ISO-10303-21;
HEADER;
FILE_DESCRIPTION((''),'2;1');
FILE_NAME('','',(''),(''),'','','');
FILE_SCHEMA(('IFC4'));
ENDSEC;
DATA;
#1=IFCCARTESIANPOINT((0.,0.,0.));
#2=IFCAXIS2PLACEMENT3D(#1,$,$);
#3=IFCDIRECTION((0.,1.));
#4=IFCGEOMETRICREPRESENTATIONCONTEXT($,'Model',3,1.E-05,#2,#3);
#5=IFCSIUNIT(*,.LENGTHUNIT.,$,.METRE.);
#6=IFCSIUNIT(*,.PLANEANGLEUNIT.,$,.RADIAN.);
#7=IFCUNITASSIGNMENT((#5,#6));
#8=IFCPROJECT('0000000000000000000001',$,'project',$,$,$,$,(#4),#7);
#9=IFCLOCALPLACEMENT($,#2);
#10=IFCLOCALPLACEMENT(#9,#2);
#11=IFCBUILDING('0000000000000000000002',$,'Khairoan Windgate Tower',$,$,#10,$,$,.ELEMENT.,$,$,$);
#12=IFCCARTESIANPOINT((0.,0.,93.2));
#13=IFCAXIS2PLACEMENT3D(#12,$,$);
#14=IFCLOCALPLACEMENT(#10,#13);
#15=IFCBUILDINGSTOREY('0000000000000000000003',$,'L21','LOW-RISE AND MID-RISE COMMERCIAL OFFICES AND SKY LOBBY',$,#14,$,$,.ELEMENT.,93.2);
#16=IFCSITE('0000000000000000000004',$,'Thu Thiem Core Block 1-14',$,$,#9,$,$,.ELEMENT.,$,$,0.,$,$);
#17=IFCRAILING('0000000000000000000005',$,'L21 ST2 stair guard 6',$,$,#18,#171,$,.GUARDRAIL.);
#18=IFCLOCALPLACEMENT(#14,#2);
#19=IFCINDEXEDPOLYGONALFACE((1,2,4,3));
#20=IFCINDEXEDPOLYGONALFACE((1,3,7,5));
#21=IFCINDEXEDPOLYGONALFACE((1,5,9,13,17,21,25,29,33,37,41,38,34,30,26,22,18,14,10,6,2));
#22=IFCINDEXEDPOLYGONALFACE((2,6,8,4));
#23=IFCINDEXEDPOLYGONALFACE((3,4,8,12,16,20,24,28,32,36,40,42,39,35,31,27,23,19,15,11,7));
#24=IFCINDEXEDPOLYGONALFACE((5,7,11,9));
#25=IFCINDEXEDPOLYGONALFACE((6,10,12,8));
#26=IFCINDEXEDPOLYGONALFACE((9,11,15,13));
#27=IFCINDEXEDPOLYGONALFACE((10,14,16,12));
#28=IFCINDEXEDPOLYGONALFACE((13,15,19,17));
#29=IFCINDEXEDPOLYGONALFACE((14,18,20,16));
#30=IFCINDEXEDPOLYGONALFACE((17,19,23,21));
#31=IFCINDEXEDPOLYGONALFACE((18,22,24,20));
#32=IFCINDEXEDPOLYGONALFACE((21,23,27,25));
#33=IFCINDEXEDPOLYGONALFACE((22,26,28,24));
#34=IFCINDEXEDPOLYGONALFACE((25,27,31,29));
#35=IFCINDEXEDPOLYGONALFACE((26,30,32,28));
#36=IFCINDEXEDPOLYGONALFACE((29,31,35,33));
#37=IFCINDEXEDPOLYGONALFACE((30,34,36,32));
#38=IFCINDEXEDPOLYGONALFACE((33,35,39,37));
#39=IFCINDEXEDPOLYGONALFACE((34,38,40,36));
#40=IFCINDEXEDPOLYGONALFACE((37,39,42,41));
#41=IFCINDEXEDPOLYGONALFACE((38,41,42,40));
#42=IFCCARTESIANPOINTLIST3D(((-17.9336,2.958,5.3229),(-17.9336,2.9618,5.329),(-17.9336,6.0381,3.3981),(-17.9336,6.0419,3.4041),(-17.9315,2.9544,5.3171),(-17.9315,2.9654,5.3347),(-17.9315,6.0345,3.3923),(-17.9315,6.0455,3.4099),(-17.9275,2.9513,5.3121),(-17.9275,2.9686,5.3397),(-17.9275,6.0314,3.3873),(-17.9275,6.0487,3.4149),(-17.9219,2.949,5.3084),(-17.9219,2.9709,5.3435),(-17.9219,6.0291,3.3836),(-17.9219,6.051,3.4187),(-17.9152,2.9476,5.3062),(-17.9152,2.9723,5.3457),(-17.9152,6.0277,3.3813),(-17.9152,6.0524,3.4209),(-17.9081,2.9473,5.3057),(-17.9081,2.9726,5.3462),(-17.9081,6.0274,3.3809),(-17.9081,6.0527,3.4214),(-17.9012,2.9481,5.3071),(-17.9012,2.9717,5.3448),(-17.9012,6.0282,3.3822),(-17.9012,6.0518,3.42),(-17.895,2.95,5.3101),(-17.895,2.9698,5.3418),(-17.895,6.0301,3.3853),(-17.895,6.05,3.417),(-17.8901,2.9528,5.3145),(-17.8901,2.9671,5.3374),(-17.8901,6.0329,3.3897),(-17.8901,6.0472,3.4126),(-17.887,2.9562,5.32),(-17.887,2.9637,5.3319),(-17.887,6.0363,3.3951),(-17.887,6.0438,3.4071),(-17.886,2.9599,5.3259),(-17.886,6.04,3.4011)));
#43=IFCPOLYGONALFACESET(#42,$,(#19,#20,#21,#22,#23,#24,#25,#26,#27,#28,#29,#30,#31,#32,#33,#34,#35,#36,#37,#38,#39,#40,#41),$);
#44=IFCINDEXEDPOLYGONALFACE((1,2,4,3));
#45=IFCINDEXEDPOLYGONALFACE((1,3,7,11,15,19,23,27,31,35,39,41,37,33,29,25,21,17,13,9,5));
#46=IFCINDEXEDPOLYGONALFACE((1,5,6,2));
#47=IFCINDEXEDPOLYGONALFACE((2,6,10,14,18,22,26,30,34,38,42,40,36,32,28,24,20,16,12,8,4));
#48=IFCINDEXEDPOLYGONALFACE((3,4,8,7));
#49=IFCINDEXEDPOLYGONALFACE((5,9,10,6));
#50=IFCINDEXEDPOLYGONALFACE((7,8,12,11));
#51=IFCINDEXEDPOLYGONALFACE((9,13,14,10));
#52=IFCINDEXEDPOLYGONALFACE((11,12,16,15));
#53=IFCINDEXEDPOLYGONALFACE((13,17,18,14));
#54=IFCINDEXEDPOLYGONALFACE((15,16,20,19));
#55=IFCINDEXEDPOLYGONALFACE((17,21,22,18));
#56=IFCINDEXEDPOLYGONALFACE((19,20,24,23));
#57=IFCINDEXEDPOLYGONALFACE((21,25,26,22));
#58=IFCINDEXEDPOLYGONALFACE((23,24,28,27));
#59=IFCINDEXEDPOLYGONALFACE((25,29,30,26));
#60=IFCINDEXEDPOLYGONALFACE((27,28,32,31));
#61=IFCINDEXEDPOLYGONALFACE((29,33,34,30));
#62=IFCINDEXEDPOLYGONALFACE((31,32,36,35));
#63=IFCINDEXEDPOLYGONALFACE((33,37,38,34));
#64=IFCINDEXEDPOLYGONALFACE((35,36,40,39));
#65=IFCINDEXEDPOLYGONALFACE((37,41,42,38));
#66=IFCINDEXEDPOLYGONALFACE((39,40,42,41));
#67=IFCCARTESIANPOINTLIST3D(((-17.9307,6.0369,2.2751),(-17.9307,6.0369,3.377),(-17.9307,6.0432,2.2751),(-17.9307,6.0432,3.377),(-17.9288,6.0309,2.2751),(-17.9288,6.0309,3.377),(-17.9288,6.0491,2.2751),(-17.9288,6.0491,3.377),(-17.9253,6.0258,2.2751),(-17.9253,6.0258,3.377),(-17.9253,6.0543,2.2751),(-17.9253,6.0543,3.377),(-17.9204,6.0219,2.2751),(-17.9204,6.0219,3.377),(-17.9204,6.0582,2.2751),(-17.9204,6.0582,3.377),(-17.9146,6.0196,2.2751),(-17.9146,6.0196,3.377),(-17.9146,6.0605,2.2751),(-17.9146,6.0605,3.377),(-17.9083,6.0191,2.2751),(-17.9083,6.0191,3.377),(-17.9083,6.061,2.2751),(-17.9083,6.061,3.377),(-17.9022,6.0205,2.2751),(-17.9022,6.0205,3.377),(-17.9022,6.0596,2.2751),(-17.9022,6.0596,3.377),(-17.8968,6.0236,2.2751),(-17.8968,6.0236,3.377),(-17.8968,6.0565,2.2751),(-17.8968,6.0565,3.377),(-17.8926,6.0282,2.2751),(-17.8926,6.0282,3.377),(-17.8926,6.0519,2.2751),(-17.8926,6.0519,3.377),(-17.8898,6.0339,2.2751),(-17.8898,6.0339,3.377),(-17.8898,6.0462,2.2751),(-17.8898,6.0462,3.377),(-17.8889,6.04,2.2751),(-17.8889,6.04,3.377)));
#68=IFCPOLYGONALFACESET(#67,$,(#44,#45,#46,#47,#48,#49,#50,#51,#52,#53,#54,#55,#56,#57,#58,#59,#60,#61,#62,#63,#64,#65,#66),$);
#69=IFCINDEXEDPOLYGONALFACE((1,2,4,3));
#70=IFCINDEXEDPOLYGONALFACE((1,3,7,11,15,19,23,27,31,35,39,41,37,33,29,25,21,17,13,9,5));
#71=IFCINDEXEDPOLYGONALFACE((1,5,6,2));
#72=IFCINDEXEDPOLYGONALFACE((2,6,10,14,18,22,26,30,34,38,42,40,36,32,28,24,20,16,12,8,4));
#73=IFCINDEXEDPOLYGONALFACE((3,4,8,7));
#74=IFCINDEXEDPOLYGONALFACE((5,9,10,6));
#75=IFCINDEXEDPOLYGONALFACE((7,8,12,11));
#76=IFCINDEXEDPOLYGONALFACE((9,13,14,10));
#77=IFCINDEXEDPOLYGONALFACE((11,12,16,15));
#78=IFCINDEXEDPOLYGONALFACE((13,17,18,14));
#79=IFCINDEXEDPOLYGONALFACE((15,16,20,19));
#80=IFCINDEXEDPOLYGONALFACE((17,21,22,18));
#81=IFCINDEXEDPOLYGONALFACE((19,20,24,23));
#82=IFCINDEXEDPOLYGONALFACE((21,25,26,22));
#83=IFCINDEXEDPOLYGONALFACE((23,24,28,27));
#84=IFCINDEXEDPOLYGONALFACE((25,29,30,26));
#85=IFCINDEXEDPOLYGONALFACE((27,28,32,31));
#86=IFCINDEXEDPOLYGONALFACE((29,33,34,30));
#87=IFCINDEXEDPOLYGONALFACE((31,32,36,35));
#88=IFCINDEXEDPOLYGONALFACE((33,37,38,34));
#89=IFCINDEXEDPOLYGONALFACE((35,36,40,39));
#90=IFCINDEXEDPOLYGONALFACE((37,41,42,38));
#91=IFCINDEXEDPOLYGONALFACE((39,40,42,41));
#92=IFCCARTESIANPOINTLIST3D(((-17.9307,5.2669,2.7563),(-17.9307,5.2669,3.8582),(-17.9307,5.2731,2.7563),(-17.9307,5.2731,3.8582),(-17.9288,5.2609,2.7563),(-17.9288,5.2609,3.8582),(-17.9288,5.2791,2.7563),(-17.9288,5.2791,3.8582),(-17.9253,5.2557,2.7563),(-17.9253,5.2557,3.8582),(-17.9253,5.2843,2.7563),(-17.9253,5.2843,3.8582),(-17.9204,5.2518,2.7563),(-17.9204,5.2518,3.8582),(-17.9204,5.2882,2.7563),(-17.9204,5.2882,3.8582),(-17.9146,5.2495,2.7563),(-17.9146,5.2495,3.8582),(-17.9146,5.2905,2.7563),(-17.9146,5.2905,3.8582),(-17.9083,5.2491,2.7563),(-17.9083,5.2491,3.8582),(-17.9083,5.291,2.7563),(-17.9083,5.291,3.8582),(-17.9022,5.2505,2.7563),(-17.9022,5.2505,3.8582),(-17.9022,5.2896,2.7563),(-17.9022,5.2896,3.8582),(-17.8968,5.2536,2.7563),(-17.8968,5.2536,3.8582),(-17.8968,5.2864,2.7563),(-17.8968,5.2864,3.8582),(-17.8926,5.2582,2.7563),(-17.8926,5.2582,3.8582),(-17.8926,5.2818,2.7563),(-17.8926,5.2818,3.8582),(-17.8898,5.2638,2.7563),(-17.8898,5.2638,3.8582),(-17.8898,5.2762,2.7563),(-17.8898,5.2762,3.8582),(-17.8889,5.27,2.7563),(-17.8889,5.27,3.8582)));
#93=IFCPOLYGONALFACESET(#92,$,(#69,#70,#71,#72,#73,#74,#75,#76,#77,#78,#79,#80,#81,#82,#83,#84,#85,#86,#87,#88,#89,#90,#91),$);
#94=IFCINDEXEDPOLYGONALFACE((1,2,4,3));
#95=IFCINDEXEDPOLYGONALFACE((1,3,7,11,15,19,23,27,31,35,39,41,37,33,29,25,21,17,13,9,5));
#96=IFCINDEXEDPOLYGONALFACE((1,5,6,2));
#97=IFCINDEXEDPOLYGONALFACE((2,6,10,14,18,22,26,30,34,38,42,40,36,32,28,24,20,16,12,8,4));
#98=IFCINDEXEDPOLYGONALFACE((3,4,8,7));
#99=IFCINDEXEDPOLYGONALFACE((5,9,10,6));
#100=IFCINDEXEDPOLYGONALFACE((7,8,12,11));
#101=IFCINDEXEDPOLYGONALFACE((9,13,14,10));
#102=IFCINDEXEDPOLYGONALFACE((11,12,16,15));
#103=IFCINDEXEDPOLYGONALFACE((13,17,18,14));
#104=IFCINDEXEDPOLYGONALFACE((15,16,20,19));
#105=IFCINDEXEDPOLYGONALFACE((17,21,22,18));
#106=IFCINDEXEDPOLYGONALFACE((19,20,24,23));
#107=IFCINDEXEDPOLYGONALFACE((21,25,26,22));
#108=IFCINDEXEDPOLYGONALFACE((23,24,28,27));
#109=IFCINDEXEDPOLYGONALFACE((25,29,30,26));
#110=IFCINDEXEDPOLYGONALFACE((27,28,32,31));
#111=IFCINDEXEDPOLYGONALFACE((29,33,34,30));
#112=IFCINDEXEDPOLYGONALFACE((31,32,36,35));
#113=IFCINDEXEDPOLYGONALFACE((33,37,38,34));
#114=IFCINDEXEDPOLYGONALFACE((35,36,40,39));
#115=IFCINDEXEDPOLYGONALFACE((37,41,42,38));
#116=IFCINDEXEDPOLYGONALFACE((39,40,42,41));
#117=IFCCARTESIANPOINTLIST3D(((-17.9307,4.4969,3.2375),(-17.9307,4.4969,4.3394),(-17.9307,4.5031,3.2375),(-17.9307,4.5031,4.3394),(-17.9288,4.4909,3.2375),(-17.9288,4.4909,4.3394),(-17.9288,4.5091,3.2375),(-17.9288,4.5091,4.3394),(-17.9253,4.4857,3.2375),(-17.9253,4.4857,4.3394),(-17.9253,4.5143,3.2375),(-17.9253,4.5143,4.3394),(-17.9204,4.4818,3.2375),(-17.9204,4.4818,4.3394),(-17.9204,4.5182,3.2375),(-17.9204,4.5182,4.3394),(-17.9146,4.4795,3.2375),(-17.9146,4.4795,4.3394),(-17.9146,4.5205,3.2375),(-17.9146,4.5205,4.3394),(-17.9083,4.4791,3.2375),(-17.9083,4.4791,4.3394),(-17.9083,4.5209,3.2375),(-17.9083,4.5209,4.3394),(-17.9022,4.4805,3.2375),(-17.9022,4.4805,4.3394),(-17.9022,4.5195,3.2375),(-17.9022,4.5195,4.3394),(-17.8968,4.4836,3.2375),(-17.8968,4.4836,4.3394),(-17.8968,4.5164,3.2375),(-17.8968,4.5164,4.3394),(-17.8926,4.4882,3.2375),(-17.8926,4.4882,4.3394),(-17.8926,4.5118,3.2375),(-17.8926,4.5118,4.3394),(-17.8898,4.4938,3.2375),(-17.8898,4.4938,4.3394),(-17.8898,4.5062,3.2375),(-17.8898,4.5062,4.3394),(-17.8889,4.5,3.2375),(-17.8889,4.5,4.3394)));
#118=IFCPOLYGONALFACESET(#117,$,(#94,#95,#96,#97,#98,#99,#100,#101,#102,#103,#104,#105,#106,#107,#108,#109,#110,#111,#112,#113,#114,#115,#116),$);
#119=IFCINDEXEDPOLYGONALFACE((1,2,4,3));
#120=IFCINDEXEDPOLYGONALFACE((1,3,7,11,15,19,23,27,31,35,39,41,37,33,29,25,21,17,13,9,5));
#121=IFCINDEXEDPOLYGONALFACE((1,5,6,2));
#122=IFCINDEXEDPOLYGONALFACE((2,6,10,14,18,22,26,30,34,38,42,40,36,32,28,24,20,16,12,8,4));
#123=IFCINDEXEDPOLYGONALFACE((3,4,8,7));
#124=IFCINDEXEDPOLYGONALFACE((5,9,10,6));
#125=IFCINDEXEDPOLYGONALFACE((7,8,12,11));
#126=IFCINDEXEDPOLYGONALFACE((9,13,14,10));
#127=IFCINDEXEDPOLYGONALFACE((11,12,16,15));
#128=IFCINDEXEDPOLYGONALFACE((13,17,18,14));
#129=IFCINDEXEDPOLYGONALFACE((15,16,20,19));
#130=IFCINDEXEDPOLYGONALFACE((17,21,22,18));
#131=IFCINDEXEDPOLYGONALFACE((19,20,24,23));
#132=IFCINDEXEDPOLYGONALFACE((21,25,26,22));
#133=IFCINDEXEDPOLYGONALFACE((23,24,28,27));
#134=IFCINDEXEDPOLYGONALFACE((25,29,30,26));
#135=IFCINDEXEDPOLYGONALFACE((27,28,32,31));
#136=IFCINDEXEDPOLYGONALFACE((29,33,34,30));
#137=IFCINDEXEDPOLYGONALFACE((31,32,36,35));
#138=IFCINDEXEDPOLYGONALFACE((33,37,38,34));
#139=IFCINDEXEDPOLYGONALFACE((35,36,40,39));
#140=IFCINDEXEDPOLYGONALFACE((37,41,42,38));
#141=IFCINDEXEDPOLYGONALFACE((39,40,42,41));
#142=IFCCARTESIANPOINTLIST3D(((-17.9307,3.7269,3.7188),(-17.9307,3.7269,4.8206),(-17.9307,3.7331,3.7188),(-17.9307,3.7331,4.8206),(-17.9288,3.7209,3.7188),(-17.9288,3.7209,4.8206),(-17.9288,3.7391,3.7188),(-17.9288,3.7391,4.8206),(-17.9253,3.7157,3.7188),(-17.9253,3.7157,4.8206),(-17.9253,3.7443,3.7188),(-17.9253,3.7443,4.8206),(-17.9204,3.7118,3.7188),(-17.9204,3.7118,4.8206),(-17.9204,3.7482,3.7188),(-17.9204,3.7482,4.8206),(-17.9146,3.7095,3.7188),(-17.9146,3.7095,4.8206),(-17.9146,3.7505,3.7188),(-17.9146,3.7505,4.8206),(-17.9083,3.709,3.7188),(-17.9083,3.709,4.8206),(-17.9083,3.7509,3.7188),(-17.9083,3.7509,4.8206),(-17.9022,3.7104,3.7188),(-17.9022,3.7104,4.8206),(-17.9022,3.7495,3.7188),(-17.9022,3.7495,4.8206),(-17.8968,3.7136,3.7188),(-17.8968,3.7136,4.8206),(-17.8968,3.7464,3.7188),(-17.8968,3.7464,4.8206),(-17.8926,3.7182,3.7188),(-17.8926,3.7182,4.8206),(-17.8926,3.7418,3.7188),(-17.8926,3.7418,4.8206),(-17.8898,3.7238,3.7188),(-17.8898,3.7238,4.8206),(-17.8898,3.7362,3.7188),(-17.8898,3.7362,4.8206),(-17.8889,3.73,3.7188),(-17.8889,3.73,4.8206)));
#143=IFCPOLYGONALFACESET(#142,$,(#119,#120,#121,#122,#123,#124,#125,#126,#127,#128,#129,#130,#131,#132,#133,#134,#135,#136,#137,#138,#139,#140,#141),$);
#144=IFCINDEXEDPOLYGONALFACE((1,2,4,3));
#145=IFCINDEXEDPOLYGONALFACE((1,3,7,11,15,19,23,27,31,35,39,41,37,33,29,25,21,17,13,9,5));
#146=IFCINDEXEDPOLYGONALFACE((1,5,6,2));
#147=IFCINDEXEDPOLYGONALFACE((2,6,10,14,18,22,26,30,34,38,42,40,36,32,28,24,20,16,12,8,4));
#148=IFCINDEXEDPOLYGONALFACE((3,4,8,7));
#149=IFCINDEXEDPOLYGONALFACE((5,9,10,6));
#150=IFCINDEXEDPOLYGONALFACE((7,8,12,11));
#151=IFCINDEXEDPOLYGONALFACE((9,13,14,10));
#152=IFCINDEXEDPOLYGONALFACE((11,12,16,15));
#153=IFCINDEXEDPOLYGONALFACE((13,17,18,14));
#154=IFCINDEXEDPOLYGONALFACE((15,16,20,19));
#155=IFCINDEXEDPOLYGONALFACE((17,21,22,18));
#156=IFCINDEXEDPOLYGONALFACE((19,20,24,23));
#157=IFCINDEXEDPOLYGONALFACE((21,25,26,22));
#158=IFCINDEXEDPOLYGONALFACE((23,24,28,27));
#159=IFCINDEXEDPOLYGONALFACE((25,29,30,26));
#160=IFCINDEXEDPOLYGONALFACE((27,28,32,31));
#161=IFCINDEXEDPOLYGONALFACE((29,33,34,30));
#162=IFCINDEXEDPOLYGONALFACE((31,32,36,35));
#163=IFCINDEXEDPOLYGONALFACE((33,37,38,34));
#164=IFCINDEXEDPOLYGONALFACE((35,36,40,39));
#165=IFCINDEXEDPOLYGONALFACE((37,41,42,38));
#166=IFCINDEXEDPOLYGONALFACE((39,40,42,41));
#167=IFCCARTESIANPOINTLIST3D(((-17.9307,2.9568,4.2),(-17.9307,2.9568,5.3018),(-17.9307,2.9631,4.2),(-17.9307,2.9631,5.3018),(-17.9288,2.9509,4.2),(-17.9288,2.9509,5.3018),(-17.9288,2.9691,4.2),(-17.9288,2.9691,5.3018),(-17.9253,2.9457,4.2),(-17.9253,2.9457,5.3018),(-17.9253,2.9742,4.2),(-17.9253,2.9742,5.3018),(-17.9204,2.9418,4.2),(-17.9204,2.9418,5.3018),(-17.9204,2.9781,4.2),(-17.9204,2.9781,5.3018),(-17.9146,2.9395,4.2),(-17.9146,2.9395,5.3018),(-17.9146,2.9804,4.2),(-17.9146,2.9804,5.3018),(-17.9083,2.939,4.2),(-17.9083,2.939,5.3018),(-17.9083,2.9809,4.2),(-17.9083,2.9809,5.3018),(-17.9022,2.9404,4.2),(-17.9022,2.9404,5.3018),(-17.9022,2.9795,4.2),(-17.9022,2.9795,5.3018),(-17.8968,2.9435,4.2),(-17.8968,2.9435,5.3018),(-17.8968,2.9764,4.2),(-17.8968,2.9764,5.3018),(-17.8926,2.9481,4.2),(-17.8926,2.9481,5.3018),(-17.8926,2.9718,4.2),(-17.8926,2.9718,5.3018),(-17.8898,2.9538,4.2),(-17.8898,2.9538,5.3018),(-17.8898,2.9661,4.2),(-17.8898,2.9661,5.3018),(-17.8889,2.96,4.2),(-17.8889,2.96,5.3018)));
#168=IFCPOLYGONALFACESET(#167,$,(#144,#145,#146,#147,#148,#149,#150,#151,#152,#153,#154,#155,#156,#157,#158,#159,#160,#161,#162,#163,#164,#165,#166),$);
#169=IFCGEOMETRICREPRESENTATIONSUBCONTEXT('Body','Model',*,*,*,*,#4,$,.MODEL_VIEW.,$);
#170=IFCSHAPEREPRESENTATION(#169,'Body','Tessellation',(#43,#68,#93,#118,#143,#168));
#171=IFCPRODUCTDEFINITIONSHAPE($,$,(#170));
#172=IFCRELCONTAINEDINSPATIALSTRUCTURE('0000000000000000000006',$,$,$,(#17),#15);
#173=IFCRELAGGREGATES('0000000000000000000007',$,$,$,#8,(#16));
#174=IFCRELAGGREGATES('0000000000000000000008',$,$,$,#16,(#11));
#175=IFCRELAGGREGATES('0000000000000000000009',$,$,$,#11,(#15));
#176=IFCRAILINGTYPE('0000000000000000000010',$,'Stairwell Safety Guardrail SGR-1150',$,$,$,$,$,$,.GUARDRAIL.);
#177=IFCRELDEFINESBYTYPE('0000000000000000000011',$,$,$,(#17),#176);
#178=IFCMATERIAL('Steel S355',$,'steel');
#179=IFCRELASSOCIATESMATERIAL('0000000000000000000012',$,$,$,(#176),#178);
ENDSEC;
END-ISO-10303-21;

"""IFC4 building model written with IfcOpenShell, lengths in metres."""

from ifc_helpers import new_model, si_unit, direction, frame, origin, origin_2d, place, context, subcontext, project, spatial, circle, extrude, material, type_object, element, save


model = new_model("IFC4")

# Units and contexts
model_context = context("Model", 3, precision=1e-05, world=origin(), true_north=direction((0.0, 1.0)))
body_context = subcontext(model_context, "Body", "Model", "MODEL_VIEW")
ifc_project = project(units=[si_unit("LENGTHUNIT", "METRE"), si_unit("PLANEANGLEUNIT", "RADIAN")], contexts=[model_context])

# Site, building, storey
site_placement = place(None, origin())
site = spatial("IfcSite", under=ifc_project, at=site_placement, Name="Thu Thiem Core Block 1-14", CompositionType="ELEMENT", RefElevation=0.0)
building_placement = place(site_placement, origin())
building = spatial("IfcBuilding", under=site, at=building_placement, Name="Khairoan Windgate Tower", CompositionType="ELEMENT")
storey_placement = place(building_placement, frame((0.0, 0.0, 93.2)))
storey = spatial("IfcBuildingStorey", under=building, at=storey_placement, Name="L21", Description="LOW-RISE AND MID-RISE COMMERCIAL OFFICES AND SKY LOBBY", CompositionType="ELEMENT", Elevation=93.2)

# Railing
ifc_material_1 = material(Name="Steel S355", Category="steel")
railing_type_1 = type_object("IfcRailingType", Name="Stairwell Safety Guardrail SGR-1150", PredefinedType="GUARDRAIL", material=ifc_material_1)
railing_1_placement = place(storey_placement, frame((-17.9099, 6.04, 2.2751)))
element("IfcRailing", 1, at=railing_1_placement, inside=storey, type_object=railing_type_1, Name="L21 ST2 stair guard 6", PredefinedType="GUARDRAIL", context=body_context, shape_type="SweptSolid", body=[
    extrude(circle(Radius=0.0239, at=origin_2d()), frame((0.0, 0.0, 1.126), z_axis=(0.0, -0.848029, 0.529951), x_axis=(1.0, 0.0, 0.0)), (0.0, 0.0, 1.0), 3.6321),
    extrude(circle(Radius=0.021, at=origin_2d()), origin(), (0.0, 0.0, 1.0), 1.1018),
    extrude(circle(Radius=0.021, at=origin_2d()), frame((0.0, -0.77, 0.4812)), (0.0, 0.0, 1.0), 1.1018),
    extrude(circle(Radius=0.021, at=origin_2d()), frame((0.0, -1.54, 0.9624)), (0.0, 0.0, 1.0), 1.1018),
    extrude(circle(Radius=0.021, at=origin_2d()), frame((0.0, -2.3101, 1.4436)), (0.0, 0.0, 1.0), 1.1018),
    extrude(circle(Radius=0.021, at=origin_2d()), frame((0.0, -3.0801, 1.9248)), (0.0, 0.0, 1.0), 1.1018),
])

save(model, "model.ifc")
